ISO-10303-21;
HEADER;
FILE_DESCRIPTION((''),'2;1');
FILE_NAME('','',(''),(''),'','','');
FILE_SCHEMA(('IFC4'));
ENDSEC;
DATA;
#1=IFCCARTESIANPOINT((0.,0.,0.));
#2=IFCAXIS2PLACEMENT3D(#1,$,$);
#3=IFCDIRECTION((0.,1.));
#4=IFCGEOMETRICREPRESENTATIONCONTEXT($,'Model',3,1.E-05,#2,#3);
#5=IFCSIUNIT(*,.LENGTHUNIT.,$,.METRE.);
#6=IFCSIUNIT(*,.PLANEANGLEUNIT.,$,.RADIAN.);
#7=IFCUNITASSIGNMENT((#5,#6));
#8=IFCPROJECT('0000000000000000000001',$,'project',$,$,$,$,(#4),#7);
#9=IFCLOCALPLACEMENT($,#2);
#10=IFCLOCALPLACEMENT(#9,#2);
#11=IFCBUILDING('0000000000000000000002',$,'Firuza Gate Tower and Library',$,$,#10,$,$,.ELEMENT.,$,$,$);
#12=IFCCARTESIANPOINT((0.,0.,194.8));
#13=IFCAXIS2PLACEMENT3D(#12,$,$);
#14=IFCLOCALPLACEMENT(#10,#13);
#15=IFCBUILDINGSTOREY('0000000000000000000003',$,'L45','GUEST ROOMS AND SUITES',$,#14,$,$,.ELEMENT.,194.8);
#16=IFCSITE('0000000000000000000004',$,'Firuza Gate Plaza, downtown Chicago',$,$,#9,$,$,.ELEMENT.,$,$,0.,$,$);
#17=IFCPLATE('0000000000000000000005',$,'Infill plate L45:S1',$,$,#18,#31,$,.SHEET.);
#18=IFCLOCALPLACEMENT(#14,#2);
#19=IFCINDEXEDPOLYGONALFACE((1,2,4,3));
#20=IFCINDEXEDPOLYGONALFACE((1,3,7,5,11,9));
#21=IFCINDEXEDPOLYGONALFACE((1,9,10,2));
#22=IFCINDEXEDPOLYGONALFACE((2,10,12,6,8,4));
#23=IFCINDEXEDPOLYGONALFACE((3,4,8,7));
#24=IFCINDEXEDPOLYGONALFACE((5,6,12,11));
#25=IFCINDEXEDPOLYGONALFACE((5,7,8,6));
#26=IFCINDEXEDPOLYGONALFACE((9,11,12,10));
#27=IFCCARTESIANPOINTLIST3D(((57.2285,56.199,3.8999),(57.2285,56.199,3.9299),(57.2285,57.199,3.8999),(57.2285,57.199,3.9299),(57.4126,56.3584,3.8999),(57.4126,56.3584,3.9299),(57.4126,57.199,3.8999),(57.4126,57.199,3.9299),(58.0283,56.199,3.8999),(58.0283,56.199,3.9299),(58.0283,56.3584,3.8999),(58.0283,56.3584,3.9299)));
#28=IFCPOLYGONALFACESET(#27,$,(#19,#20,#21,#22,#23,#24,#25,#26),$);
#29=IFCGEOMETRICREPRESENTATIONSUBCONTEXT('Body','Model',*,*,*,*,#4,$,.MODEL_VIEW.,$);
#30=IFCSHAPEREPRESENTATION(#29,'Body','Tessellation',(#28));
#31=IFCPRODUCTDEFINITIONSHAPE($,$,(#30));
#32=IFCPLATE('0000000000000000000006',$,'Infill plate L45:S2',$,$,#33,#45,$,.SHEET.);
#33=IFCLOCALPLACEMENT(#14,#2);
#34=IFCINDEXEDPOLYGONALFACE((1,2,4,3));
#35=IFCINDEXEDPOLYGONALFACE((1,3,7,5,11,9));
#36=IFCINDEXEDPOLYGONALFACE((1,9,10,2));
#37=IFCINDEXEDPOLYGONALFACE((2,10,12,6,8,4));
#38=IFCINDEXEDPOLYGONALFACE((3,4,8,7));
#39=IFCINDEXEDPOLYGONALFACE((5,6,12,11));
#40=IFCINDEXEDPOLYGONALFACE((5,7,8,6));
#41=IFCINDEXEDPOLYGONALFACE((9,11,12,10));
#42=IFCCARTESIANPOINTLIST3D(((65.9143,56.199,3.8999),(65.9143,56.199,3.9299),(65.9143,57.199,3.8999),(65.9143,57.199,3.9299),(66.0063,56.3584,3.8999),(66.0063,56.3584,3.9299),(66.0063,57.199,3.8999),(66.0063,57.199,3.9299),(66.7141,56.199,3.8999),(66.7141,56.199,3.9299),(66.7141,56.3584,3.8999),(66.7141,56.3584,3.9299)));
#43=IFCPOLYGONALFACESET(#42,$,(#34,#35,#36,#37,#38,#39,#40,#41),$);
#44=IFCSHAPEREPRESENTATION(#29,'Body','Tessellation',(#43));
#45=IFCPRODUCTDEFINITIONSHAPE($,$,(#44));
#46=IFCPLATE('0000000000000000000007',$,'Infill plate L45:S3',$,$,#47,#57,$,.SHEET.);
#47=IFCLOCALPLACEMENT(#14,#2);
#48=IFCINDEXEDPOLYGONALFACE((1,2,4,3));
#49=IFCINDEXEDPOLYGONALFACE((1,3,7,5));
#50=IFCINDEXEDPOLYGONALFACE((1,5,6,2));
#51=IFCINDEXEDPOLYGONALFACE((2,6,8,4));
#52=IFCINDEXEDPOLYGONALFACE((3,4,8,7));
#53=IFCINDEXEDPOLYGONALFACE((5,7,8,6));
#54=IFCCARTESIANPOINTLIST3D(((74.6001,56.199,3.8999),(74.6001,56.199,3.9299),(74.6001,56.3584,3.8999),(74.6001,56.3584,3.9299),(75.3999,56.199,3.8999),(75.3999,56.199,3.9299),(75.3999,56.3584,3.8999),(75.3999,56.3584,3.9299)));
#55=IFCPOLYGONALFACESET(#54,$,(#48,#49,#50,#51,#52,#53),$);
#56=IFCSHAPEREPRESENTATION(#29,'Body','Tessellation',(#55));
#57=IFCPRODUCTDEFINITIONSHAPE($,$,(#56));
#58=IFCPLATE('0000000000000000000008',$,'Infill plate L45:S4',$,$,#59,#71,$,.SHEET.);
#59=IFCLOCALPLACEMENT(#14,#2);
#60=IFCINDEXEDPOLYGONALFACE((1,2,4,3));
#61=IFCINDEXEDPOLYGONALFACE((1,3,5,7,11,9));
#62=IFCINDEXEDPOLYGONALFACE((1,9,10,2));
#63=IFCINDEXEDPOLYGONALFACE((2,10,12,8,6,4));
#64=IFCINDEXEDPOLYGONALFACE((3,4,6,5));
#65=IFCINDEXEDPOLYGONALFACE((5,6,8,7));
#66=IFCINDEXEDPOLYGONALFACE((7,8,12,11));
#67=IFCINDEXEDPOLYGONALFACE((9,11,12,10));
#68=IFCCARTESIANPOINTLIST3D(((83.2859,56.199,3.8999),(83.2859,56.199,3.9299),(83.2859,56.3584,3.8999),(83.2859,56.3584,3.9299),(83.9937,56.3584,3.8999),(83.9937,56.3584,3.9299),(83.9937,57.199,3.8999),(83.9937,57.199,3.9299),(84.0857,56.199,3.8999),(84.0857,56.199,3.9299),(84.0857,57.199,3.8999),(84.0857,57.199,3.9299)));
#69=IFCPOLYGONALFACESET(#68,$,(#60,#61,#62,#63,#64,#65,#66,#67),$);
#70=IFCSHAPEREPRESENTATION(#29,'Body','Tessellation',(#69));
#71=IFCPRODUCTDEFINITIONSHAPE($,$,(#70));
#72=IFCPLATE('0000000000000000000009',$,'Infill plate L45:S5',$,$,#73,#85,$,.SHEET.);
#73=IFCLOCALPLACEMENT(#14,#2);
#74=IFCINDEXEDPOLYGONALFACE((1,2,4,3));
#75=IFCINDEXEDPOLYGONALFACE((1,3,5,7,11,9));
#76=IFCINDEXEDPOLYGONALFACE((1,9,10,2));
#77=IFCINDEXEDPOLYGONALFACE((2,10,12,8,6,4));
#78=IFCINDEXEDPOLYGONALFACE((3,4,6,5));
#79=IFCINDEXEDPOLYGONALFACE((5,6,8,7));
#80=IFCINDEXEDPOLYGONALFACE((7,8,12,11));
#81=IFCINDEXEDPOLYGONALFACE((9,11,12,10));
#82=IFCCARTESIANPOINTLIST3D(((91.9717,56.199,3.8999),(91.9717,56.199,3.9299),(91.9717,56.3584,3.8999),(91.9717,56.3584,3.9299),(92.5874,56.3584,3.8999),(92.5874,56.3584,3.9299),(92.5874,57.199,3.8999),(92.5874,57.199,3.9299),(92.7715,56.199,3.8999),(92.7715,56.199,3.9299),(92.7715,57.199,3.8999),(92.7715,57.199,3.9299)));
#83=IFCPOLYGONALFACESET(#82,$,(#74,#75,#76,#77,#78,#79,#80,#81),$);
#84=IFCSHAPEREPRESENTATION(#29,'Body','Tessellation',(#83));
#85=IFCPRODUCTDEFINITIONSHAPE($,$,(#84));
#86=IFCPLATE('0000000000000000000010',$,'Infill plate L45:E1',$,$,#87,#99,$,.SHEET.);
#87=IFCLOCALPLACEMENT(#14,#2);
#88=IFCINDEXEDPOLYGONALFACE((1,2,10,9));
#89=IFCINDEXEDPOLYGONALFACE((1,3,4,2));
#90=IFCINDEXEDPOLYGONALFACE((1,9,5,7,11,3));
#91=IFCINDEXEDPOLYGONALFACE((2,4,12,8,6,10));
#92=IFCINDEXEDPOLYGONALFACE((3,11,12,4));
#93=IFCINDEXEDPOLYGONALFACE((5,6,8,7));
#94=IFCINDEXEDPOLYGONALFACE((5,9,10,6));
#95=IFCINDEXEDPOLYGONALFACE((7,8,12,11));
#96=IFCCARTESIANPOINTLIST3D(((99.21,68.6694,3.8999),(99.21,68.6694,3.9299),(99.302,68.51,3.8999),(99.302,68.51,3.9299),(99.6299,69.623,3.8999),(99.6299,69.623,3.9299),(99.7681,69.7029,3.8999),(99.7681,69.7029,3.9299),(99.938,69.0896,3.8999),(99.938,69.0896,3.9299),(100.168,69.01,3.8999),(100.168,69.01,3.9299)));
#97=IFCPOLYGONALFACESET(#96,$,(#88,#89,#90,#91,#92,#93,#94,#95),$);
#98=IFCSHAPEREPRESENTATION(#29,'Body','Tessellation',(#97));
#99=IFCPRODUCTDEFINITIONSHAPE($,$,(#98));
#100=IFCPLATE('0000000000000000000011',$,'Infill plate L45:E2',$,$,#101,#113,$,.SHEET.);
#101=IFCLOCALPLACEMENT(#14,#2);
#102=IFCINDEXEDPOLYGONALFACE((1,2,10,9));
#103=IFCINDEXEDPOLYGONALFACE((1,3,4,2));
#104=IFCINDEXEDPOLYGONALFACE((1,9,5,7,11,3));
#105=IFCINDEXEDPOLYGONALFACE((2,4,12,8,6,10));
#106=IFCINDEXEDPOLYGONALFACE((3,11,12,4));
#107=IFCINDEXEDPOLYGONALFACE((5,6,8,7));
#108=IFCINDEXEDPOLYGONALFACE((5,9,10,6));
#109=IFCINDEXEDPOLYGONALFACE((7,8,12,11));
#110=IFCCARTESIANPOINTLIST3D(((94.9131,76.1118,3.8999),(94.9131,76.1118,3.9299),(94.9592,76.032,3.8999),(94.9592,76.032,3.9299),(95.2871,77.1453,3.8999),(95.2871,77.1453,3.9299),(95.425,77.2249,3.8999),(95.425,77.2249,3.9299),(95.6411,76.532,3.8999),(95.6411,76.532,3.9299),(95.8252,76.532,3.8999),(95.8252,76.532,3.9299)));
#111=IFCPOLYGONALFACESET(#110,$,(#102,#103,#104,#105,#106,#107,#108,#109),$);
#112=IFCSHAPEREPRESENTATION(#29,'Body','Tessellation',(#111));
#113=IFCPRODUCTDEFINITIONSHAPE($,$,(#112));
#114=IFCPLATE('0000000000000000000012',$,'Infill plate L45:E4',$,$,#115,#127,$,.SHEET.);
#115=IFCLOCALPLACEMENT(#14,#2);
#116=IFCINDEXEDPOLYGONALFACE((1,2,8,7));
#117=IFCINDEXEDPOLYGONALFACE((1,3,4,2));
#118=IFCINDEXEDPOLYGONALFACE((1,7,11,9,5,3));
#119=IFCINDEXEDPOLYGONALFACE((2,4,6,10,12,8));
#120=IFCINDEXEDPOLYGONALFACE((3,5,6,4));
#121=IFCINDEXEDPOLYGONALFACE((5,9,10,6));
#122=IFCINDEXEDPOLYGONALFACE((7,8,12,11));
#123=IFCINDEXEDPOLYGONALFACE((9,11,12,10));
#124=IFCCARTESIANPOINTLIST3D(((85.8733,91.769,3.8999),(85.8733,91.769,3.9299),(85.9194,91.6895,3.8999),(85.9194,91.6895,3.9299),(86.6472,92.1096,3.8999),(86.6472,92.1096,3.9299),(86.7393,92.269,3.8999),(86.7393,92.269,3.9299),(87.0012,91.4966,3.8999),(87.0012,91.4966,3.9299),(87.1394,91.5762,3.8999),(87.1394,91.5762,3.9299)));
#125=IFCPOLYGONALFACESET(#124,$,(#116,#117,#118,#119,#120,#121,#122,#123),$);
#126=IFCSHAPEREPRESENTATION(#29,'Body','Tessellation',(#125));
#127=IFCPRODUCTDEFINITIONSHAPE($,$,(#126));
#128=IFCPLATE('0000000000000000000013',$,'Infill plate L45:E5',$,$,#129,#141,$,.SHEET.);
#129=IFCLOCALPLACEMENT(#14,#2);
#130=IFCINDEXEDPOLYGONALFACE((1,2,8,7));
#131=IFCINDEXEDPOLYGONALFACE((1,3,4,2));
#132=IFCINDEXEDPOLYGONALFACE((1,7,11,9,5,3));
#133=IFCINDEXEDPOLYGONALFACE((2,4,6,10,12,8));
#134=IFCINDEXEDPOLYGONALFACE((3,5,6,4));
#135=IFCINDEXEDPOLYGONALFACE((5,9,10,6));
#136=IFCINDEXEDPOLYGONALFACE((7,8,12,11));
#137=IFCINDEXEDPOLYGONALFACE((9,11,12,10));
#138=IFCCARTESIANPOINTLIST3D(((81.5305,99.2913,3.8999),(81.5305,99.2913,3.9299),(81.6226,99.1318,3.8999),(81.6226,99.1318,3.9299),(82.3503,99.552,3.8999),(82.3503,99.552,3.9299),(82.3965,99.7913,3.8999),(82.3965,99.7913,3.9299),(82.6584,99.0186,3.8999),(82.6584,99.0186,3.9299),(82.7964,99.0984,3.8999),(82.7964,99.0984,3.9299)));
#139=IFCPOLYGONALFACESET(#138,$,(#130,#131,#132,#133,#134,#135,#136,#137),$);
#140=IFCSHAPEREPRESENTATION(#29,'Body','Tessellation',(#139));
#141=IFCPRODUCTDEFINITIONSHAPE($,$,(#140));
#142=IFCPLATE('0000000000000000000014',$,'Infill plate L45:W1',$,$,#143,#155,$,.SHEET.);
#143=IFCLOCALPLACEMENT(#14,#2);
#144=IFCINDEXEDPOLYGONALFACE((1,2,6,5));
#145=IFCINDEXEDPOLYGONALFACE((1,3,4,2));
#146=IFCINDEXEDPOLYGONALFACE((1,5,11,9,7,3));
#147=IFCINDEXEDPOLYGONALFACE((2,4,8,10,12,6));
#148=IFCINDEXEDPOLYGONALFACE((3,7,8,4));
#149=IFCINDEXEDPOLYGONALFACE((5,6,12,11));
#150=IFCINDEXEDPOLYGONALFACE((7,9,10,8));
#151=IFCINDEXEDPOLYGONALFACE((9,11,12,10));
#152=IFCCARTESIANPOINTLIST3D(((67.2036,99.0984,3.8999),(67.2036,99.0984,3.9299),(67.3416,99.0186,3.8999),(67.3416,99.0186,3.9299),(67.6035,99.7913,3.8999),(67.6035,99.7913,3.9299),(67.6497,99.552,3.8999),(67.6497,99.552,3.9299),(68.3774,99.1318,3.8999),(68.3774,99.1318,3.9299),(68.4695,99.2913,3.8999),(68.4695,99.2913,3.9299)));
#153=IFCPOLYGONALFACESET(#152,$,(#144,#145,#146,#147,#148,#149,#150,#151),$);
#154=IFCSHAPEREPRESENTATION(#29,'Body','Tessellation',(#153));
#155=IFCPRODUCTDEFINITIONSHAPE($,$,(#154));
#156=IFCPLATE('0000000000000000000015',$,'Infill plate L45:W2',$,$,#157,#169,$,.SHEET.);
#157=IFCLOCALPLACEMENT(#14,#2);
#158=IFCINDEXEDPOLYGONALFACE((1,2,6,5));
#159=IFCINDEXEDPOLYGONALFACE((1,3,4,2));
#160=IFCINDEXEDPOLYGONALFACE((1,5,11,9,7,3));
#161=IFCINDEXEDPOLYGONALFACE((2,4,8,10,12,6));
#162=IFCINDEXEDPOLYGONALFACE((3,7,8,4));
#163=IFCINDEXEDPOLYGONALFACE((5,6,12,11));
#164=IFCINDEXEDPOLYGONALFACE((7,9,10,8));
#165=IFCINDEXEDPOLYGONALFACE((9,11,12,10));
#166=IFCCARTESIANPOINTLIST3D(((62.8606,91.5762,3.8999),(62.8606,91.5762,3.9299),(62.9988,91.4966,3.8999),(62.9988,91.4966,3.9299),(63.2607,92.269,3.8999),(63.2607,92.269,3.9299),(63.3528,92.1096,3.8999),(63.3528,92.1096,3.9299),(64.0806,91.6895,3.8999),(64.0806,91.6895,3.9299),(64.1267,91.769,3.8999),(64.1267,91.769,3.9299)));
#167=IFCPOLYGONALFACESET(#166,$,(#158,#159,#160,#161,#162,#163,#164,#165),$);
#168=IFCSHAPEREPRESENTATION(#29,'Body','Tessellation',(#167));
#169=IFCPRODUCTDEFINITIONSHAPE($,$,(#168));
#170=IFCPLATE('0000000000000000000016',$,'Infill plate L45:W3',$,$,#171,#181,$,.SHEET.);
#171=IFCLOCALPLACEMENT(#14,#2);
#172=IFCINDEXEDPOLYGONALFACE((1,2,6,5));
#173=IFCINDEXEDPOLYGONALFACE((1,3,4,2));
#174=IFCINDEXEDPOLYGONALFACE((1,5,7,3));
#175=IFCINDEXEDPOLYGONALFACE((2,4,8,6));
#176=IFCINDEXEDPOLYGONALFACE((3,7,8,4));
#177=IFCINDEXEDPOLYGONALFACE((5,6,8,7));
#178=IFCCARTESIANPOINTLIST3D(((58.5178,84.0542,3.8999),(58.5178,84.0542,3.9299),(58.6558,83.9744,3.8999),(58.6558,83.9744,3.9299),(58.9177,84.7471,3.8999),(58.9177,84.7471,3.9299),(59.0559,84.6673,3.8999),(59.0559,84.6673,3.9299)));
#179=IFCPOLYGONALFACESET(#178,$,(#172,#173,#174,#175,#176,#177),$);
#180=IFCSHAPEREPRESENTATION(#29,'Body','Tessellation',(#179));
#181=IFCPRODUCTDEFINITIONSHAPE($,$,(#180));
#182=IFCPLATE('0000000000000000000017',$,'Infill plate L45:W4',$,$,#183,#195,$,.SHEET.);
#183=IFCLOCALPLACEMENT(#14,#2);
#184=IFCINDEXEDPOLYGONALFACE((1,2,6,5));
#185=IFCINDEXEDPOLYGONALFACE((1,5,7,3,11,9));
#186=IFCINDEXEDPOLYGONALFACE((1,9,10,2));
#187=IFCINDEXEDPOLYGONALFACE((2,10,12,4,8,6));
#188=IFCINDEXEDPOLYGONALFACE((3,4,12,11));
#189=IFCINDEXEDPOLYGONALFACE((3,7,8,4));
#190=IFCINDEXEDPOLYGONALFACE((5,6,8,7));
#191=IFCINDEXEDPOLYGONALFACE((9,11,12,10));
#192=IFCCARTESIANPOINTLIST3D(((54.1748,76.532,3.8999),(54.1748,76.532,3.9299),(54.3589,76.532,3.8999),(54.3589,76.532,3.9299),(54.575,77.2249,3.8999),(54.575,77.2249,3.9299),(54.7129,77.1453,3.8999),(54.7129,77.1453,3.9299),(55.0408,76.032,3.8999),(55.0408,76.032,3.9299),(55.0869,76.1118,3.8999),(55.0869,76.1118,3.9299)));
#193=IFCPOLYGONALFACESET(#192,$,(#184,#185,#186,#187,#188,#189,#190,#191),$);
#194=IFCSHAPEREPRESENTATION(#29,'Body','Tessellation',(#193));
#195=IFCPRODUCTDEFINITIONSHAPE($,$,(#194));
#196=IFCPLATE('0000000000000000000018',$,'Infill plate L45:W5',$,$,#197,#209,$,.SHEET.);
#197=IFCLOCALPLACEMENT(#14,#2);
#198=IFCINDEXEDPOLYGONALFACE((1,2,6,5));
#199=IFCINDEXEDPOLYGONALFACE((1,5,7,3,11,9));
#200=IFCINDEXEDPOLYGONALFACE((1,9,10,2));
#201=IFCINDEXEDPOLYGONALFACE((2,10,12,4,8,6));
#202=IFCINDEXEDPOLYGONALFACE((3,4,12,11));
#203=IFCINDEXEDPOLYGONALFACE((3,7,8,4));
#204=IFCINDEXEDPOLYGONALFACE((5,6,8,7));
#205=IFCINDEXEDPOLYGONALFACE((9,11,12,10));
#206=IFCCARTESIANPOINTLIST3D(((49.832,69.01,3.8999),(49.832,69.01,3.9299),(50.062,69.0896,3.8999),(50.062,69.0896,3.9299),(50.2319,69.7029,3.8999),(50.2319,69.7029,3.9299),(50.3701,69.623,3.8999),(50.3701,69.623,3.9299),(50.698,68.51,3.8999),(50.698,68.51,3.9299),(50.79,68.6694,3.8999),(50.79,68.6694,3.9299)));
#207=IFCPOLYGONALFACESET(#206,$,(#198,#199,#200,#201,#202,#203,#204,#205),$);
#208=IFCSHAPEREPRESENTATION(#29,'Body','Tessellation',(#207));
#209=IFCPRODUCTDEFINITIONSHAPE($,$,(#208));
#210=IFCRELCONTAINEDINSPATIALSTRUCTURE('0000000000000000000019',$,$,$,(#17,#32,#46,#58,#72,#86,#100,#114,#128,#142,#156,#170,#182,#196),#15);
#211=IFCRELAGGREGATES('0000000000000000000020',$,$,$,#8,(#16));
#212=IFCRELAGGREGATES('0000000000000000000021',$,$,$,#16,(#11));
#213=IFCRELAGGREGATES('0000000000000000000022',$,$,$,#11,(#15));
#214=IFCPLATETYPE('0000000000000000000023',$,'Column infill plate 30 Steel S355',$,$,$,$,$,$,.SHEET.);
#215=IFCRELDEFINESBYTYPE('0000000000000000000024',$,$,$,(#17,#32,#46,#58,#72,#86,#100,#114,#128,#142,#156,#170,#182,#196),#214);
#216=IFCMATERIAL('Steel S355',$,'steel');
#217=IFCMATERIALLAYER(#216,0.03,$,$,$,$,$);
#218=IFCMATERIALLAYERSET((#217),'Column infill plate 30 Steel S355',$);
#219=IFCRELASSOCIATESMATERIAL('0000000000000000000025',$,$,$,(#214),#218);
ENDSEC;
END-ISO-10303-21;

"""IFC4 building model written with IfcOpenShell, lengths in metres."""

from ifc_helpers import new_model, si_unit, direction, frame, origin, place, context, subcontext, project, spatial, polyline, outline, extrude, material, layer, layer_set, type_object, element, save


model = new_model("IFC4")

# Units and contexts
model_context = context("Model", 3, precision=1e-05, world=origin(), true_north=direction((0.0, 1.0)))
body_context = subcontext(model_context, "Body", "Model", "MODEL_VIEW")
ifc_project = project(units=[si_unit("LENGTHUNIT", "METRE"), si_unit("PLANEANGLEUNIT", "RADIAN")], contexts=[model_context])

# Site, building, storey
site_placement = place(None, origin())
site = spatial("IfcSite", under=ifc_project, at=site_placement, Name="Firuza Gate Plaza, downtown Chicago", CompositionType="ELEMENT", RefElevation=0.0)
building_placement = place(site_placement, origin())
building = spatial("IfcBuilding", under=site, at=building_placement, Name="Firuza Gate Tower and Library", CompositionType="ELEMENT")
storey_placement = place(building_placement, frame((0.0, 0.0, 194.8)))
storey = spatial("IfcBuildingStorey", under=building, at=storey_placement, Name="L45", Description="GUEST ROOMS AND SUITES", CompositionType="ELEMENT", Elevation=194.8)

# Plates
ifc_material_1 = material(Name="Steel S355", Category="steel")
ifc_layer_1 = layer(ifc_material_1, 0.03)
ifc_layer_set_1 = layer_set([ifc_layer_1], Name="Column infill plate 30 Steel S355")
plate_type = type_object("IfcPlateType", Name="Column infill plate 30 Steel S355", PredefinedType="SHEET", material=ifc_layer_set_1)
placement_1 = place(storey_placement, frame((0.0, 0.0, 3.8999)))
element("IfcPlate", 1, at=placement_1, inside=storey, type_object=plate_type, Name="Infill plate L45:S1", PredefinedType="SHEET", context=body_context, shape_type="SweptSolid", body=[
    extrude(outline(polyline([(58.0283, 56.199), (58.0283, 56.3584), (57.4126, 56.3584), (57.4126, 57.199), (57.2285, 57.199), (57.2285, 56.199), (58.0283, 56.199)])), origin(), (0.0, 0.0, 1.0), 0.03),
])
element("IfcPlate", 2, at=placement_1, inside=storey, type_object=plate_type, Name="Infill plate L45:S2", PredefinedType="SHEET", context=body_context, shape_type="SweptSolid", body=[
    extrude(outline(polyline([(66.7141, 56.199), (66.7141, 56.3584), (66.0063, 56.3584), (66.0063, 57.199), (65.9143, 57.199), (65.9143, 56.199), (66.7141, 56.199)])), origin(), (0.0, 0.0, 1.0), 0.03),
])
element("IfcPlate", 3, at=placement_1, inside=storey, type_object=plate_type, Name="Infill plate L45:S3", PredefinedType="SHEET", context=body_context, shape_type="SweptSolid", body=[
    extrude(outline(polyline([(75.3999, 56.199), (75.3999, 56.3584), (74.6001, 56.3584), (74.6001, 56.199), (75.3999, 56.199)])), origin(), (0.0, 0.0, 1.0), 0.03),
])
element("IfcPlate", 4, at=placement_1, inside=storey, type_object=plate_type, Name="Infill plate L45:S4", PredefinedType="SHEET", context=body_context, shape_type="SweptSolid", body=[
    extrude(outline(polyline([(84.0857, 57.199), (83.9937, 57.199), (83.9937, 56.3584), (83.2859, 56.3584), (83.2859, 56.199), (84.0857, 56.199), (84.0857, 57.199)])), origin(), (0.0, 0.0, 1.0), 0.03),
])
element("IfcPlate", 5, at=placement_1, inside=storey, type_object=plate_type, Name="Infill plate L45:S5", PredefinedType="SHEET", context=body_context, shape_type="SweptSolid", body=[
    extrude(outline(polyline([(92.7715, 57.199), (92.5874, 57.199), (92.5874, 56.3584), (91.9717, 56.3584), (91.9717, 56.199), (92.7715, 56.199), (92.7715, 57.199)])), origin(), (0.0, 0.0, 1.0), 0.03),
])
element("IfcPlate", 6, at=placement_1, inside=storey, type_object=plate_type, Name="Infill plate L45:E1", PredefinedType="SHEET", context=body_context, shape_type="SweptSolid", body=[
    extrude(outline(polyline([(99.7681, 69.7029), (99.6299, 69.623), (99.938, 69.0896), (99.21, 68.6694), (99.302, 68.51), (100.168, 69.01), (99.7681, 69.7029)])), origin(), (0.0, 0.0, 1.0), 0.03),
])
element("IfcPlate", 7, at=placement_1, inside=storey, type_object=plate_type, Name="Infill plate L45:E2", PredefinedType="SHEET", context=body_context, shape_type="SweptSolid", body=[
    extrude(outline(polyline([(95.425, 77.2249), (95.2871, 77.1453), (95.6411, 76.532), (94.9131, 76.1118), (94.9592, 76.032), (95.8252, 76.532), (95.425, 77.2249)])), origin(), (0.0, 0.0, 1.0), 0.03),
])
element("IfcPlate", 8, at=placement_1, inside=storey, type_object=plate_type, Name="Infill plate L45:E4", PredefinedType="SHEET", context=body_context, shape_type="SweptSolid", body=[
    extrude(outline(polyline([(85.8733, 91.769), (85.9194, 91.6895), (86.6472, 92.1096), (87.0012, 91.4966), (87.1394, 91.5762), (86.7393, 92.269), (85.8733, 91.769)])), origin(), (0.0, 0.0, 1.0), 0.03),
])
element("IfcPlate", 9, at=placement_1, inside=storey, type_object=plate_type, Name="Infill plate L45:E5", PredefinedType="SHEET", context=body_context, shape_type="SweptSolid", body=[
    extrude(outline(polyline([(81.5305, 99.2913), (81.6226, 99.1318), (82.3503, 99.552), (82.6584, 99.0186), (82.7964, 99.0984), (82.3965, 99.7913), (81.5305, 99.2913)])), origin(), (0.0, 0.0, 1.0), 0.03),
])
element("IfcPlate", 10, at=placement_1, inside=storey, type_object=plate_type, Name="Infill plate L45:W1", PredefinedType="SHEET", context=body_context, shape_type="SweptSolid", body=[
    extrude(outline(polyline([(67.2036, 99.0984), (67.3416, 99.0186), (67.6497, 99.552), (68.3774, 99.1318), (68.4695, 99.2913), (67.6035, 99.7913), (67.2036, 99.0984)])), origin(), (0.0, 0.0, 1.0), 0.03),
])
element("IfcPlate", 11, at=placement_1, inside=storey, type_object=plate_type, Name="Infill plate L45:W2", PredefinedType="SHEET", context=body_context, shape_type="SweptSolid", body=[
    extrude(outline(polyline([(62.8606, 91.5762), (62.9988, 91.4966), (63.3528, 92.1096), (64.0806, 91.6895), (64.1267, 91.769), (63.2607, 92.269), (62.8606, 91.5762)])), origin(), (0.0, 0.0, 1.0), 0.03),
])
element("IfcPlate", 12, at=placement_1, inside=storey, type_object=plate_type, Name="Infill plate L45:W3", PredefinedType="SHEET", context=body_context, shape_type="SweptSolid", body=[
    extrude(outline(polyline([(58.5178, 84.0542), (58.6558, 83.9744), (59.0559, 84.6672), (59.7837, 84.2471), (59.7837, 84.2471), (58.9177, 84.7471), (58.5178, 84.0542)])), origin(), (0.0, 0.0, 1.0), 0.03),
])
element("IfcPlate", 13, at=placement_1, inside=storey, type_object=plate_type, Name="Infill plate L45:W4", PredefinedType="SHEET", context=body_context, shape_type="SweptSolid", body=[
    extrude(outline(polyline([(55.0408, 76.032), (55.0869, 76.1118), (54.3589, 76.532), (54.7129, 77.1453), (54.575, 77.2249), (54.1748, 76.532), (55.0408, 76.032)])), origin(), (0.0, 0.0, 1.0), 0.03),
])
element("IfcPlate", 14, at=placement_1, inside=storey, type_object=plate_type, Name="Infill plate L45:W5", PredefinedType="SHEET", context=body_context, shape_type="SweptSolid", body=[
    extrude(outline(polyline([(50.698, 68.51), (50.79, 68.6694), (50.062, 69.0896), (50.3701, 69.623), (50.2319, 69.7029), (49.832, 69.01), (50.698, 68.51)])), origin(), (0.0, 0.0, 1.0), 0.03),
])

save(model, "model.ifc")
